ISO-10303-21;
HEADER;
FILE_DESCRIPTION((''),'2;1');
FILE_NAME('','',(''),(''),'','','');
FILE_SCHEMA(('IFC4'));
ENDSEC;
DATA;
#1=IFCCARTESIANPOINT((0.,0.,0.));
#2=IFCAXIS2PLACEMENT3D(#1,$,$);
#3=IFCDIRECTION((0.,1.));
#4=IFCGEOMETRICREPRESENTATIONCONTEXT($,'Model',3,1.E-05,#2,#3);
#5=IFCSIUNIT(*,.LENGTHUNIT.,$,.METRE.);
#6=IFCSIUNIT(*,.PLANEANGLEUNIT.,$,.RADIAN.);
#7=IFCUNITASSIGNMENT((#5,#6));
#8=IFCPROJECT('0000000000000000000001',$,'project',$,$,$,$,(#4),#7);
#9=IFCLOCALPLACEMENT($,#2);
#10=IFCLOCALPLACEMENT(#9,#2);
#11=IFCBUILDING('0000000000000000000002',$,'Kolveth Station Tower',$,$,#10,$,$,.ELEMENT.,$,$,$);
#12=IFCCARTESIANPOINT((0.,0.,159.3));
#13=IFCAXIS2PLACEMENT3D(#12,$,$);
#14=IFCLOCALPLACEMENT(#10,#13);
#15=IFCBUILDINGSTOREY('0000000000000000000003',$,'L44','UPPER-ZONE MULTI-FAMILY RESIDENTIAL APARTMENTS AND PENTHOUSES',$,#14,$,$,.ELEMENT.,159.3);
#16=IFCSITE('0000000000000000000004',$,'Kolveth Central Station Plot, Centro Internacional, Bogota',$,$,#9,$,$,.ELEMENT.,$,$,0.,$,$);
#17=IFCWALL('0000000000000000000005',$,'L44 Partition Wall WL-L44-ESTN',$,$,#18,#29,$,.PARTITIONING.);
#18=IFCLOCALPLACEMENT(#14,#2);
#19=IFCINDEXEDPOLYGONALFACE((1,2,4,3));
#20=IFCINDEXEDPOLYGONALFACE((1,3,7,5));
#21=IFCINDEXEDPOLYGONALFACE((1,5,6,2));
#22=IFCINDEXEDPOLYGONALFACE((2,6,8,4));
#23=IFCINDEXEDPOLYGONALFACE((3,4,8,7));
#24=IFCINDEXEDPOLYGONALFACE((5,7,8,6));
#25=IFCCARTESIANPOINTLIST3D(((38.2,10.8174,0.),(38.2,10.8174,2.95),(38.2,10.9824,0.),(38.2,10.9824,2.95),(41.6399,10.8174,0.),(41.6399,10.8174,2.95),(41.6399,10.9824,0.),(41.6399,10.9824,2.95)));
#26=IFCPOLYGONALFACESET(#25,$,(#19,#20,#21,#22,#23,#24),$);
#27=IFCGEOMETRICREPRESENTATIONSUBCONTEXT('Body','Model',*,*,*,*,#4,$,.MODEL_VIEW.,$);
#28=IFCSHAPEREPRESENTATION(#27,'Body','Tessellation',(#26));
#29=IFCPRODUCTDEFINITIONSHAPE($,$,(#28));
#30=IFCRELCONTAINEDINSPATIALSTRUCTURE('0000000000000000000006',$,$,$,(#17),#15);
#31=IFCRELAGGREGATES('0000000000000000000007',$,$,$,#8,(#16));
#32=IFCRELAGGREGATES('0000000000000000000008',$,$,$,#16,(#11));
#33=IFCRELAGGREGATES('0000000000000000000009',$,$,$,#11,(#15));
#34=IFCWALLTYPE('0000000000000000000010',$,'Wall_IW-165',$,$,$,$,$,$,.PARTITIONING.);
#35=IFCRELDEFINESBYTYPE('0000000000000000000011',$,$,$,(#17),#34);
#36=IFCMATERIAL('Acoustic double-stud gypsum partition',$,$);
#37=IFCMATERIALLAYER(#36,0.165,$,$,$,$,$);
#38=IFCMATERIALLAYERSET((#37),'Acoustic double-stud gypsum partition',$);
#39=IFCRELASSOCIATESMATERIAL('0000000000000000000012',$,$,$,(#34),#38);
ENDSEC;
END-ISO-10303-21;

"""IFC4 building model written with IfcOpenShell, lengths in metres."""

from ifc_helpers import new_model, si_unit, direction, frame, frame_2d, origin, place, context, subcontext, project, spatial, rectangle, extrude, material, layer, layer_set, type_object, element, save


model = new_model("IFC4")

# Units and contexts
model_context = context("Model", 3, precision=1e-05, world=origin(), true_north=direction((0.0, 1.0)))
body_context = subcontext(model_context, "Body", "Model", "MODEL_VIEW")
ifc_project = project(units=[si_unit("LENGTHUNIT", "METRE"), si_unit("PLANEANGLEUNIT", "RADIAN")], contexts=[model_context])

# Site, building, storey
site_placement = place(None, origin())
site = spatial("IfcSite", under=ifc_project, at=site_placement, Name="Kolveth Central Station Plot, Centro Internacional, Bogota", CompositionType="ELEMENT", RefElevation=0.0)
building_placement = place(site_placement, origin())
building = spatial("IfcBuilding", under=site, at=building_placement, Name="Kolveth Station Tower", CompositionType="ELEMENT")
storey_placement = place(building_placement, frame((0.0, 0.0, 159.3)))
storey = spatial("IfcBuildingStorey", under=building, at=storey_placement, Name="L44", Description="UPPER-ZONE MULTI-FAMILY RESIDENTIAL APARTMENTS AND PENTHOUSES", CompositionType="ELEMENT", Elevation=159.3)

# Shared definitions
ifc_material_1 = material(Name="Acoustic double-stud gypsum partition")
ifc_layer_1 = layer(ifc_material_1, 0.165)
ifc_layer_set_1 = layer_set([ifc_layer_1], Name="Acoustic double-stud gypsum partition")
wall_type_1 = type_object("IfcWallType", Name="Wall_IW-165", PredefinedType="PARTITIONING", material=ifc_layer_set_1)

# Wall
wall_1_placement = place(storey_placement, frame((38.2, 10.8999, 0.0), z_axis=(0.0, 0.0, 1.0), x_axis=(1.0, 0.0, 0.0)))
element("IfcWall", 1, at=wall_1_placement, inside=storey, type_object=wall_type_1, Name="L44 Partition Wall WL-L44-ESTN", PredefinedType="PARTITIONING", context=body_context, shape_type="SweptSolid", body=[
    extrude(rectangle(XDim=3.4399, YDim=0.165, at=frame_2d((1.72, 0.0))), origin(), (0.0, 0.0, 1.0), 2.95),
])

save(model, "model.ifc")
